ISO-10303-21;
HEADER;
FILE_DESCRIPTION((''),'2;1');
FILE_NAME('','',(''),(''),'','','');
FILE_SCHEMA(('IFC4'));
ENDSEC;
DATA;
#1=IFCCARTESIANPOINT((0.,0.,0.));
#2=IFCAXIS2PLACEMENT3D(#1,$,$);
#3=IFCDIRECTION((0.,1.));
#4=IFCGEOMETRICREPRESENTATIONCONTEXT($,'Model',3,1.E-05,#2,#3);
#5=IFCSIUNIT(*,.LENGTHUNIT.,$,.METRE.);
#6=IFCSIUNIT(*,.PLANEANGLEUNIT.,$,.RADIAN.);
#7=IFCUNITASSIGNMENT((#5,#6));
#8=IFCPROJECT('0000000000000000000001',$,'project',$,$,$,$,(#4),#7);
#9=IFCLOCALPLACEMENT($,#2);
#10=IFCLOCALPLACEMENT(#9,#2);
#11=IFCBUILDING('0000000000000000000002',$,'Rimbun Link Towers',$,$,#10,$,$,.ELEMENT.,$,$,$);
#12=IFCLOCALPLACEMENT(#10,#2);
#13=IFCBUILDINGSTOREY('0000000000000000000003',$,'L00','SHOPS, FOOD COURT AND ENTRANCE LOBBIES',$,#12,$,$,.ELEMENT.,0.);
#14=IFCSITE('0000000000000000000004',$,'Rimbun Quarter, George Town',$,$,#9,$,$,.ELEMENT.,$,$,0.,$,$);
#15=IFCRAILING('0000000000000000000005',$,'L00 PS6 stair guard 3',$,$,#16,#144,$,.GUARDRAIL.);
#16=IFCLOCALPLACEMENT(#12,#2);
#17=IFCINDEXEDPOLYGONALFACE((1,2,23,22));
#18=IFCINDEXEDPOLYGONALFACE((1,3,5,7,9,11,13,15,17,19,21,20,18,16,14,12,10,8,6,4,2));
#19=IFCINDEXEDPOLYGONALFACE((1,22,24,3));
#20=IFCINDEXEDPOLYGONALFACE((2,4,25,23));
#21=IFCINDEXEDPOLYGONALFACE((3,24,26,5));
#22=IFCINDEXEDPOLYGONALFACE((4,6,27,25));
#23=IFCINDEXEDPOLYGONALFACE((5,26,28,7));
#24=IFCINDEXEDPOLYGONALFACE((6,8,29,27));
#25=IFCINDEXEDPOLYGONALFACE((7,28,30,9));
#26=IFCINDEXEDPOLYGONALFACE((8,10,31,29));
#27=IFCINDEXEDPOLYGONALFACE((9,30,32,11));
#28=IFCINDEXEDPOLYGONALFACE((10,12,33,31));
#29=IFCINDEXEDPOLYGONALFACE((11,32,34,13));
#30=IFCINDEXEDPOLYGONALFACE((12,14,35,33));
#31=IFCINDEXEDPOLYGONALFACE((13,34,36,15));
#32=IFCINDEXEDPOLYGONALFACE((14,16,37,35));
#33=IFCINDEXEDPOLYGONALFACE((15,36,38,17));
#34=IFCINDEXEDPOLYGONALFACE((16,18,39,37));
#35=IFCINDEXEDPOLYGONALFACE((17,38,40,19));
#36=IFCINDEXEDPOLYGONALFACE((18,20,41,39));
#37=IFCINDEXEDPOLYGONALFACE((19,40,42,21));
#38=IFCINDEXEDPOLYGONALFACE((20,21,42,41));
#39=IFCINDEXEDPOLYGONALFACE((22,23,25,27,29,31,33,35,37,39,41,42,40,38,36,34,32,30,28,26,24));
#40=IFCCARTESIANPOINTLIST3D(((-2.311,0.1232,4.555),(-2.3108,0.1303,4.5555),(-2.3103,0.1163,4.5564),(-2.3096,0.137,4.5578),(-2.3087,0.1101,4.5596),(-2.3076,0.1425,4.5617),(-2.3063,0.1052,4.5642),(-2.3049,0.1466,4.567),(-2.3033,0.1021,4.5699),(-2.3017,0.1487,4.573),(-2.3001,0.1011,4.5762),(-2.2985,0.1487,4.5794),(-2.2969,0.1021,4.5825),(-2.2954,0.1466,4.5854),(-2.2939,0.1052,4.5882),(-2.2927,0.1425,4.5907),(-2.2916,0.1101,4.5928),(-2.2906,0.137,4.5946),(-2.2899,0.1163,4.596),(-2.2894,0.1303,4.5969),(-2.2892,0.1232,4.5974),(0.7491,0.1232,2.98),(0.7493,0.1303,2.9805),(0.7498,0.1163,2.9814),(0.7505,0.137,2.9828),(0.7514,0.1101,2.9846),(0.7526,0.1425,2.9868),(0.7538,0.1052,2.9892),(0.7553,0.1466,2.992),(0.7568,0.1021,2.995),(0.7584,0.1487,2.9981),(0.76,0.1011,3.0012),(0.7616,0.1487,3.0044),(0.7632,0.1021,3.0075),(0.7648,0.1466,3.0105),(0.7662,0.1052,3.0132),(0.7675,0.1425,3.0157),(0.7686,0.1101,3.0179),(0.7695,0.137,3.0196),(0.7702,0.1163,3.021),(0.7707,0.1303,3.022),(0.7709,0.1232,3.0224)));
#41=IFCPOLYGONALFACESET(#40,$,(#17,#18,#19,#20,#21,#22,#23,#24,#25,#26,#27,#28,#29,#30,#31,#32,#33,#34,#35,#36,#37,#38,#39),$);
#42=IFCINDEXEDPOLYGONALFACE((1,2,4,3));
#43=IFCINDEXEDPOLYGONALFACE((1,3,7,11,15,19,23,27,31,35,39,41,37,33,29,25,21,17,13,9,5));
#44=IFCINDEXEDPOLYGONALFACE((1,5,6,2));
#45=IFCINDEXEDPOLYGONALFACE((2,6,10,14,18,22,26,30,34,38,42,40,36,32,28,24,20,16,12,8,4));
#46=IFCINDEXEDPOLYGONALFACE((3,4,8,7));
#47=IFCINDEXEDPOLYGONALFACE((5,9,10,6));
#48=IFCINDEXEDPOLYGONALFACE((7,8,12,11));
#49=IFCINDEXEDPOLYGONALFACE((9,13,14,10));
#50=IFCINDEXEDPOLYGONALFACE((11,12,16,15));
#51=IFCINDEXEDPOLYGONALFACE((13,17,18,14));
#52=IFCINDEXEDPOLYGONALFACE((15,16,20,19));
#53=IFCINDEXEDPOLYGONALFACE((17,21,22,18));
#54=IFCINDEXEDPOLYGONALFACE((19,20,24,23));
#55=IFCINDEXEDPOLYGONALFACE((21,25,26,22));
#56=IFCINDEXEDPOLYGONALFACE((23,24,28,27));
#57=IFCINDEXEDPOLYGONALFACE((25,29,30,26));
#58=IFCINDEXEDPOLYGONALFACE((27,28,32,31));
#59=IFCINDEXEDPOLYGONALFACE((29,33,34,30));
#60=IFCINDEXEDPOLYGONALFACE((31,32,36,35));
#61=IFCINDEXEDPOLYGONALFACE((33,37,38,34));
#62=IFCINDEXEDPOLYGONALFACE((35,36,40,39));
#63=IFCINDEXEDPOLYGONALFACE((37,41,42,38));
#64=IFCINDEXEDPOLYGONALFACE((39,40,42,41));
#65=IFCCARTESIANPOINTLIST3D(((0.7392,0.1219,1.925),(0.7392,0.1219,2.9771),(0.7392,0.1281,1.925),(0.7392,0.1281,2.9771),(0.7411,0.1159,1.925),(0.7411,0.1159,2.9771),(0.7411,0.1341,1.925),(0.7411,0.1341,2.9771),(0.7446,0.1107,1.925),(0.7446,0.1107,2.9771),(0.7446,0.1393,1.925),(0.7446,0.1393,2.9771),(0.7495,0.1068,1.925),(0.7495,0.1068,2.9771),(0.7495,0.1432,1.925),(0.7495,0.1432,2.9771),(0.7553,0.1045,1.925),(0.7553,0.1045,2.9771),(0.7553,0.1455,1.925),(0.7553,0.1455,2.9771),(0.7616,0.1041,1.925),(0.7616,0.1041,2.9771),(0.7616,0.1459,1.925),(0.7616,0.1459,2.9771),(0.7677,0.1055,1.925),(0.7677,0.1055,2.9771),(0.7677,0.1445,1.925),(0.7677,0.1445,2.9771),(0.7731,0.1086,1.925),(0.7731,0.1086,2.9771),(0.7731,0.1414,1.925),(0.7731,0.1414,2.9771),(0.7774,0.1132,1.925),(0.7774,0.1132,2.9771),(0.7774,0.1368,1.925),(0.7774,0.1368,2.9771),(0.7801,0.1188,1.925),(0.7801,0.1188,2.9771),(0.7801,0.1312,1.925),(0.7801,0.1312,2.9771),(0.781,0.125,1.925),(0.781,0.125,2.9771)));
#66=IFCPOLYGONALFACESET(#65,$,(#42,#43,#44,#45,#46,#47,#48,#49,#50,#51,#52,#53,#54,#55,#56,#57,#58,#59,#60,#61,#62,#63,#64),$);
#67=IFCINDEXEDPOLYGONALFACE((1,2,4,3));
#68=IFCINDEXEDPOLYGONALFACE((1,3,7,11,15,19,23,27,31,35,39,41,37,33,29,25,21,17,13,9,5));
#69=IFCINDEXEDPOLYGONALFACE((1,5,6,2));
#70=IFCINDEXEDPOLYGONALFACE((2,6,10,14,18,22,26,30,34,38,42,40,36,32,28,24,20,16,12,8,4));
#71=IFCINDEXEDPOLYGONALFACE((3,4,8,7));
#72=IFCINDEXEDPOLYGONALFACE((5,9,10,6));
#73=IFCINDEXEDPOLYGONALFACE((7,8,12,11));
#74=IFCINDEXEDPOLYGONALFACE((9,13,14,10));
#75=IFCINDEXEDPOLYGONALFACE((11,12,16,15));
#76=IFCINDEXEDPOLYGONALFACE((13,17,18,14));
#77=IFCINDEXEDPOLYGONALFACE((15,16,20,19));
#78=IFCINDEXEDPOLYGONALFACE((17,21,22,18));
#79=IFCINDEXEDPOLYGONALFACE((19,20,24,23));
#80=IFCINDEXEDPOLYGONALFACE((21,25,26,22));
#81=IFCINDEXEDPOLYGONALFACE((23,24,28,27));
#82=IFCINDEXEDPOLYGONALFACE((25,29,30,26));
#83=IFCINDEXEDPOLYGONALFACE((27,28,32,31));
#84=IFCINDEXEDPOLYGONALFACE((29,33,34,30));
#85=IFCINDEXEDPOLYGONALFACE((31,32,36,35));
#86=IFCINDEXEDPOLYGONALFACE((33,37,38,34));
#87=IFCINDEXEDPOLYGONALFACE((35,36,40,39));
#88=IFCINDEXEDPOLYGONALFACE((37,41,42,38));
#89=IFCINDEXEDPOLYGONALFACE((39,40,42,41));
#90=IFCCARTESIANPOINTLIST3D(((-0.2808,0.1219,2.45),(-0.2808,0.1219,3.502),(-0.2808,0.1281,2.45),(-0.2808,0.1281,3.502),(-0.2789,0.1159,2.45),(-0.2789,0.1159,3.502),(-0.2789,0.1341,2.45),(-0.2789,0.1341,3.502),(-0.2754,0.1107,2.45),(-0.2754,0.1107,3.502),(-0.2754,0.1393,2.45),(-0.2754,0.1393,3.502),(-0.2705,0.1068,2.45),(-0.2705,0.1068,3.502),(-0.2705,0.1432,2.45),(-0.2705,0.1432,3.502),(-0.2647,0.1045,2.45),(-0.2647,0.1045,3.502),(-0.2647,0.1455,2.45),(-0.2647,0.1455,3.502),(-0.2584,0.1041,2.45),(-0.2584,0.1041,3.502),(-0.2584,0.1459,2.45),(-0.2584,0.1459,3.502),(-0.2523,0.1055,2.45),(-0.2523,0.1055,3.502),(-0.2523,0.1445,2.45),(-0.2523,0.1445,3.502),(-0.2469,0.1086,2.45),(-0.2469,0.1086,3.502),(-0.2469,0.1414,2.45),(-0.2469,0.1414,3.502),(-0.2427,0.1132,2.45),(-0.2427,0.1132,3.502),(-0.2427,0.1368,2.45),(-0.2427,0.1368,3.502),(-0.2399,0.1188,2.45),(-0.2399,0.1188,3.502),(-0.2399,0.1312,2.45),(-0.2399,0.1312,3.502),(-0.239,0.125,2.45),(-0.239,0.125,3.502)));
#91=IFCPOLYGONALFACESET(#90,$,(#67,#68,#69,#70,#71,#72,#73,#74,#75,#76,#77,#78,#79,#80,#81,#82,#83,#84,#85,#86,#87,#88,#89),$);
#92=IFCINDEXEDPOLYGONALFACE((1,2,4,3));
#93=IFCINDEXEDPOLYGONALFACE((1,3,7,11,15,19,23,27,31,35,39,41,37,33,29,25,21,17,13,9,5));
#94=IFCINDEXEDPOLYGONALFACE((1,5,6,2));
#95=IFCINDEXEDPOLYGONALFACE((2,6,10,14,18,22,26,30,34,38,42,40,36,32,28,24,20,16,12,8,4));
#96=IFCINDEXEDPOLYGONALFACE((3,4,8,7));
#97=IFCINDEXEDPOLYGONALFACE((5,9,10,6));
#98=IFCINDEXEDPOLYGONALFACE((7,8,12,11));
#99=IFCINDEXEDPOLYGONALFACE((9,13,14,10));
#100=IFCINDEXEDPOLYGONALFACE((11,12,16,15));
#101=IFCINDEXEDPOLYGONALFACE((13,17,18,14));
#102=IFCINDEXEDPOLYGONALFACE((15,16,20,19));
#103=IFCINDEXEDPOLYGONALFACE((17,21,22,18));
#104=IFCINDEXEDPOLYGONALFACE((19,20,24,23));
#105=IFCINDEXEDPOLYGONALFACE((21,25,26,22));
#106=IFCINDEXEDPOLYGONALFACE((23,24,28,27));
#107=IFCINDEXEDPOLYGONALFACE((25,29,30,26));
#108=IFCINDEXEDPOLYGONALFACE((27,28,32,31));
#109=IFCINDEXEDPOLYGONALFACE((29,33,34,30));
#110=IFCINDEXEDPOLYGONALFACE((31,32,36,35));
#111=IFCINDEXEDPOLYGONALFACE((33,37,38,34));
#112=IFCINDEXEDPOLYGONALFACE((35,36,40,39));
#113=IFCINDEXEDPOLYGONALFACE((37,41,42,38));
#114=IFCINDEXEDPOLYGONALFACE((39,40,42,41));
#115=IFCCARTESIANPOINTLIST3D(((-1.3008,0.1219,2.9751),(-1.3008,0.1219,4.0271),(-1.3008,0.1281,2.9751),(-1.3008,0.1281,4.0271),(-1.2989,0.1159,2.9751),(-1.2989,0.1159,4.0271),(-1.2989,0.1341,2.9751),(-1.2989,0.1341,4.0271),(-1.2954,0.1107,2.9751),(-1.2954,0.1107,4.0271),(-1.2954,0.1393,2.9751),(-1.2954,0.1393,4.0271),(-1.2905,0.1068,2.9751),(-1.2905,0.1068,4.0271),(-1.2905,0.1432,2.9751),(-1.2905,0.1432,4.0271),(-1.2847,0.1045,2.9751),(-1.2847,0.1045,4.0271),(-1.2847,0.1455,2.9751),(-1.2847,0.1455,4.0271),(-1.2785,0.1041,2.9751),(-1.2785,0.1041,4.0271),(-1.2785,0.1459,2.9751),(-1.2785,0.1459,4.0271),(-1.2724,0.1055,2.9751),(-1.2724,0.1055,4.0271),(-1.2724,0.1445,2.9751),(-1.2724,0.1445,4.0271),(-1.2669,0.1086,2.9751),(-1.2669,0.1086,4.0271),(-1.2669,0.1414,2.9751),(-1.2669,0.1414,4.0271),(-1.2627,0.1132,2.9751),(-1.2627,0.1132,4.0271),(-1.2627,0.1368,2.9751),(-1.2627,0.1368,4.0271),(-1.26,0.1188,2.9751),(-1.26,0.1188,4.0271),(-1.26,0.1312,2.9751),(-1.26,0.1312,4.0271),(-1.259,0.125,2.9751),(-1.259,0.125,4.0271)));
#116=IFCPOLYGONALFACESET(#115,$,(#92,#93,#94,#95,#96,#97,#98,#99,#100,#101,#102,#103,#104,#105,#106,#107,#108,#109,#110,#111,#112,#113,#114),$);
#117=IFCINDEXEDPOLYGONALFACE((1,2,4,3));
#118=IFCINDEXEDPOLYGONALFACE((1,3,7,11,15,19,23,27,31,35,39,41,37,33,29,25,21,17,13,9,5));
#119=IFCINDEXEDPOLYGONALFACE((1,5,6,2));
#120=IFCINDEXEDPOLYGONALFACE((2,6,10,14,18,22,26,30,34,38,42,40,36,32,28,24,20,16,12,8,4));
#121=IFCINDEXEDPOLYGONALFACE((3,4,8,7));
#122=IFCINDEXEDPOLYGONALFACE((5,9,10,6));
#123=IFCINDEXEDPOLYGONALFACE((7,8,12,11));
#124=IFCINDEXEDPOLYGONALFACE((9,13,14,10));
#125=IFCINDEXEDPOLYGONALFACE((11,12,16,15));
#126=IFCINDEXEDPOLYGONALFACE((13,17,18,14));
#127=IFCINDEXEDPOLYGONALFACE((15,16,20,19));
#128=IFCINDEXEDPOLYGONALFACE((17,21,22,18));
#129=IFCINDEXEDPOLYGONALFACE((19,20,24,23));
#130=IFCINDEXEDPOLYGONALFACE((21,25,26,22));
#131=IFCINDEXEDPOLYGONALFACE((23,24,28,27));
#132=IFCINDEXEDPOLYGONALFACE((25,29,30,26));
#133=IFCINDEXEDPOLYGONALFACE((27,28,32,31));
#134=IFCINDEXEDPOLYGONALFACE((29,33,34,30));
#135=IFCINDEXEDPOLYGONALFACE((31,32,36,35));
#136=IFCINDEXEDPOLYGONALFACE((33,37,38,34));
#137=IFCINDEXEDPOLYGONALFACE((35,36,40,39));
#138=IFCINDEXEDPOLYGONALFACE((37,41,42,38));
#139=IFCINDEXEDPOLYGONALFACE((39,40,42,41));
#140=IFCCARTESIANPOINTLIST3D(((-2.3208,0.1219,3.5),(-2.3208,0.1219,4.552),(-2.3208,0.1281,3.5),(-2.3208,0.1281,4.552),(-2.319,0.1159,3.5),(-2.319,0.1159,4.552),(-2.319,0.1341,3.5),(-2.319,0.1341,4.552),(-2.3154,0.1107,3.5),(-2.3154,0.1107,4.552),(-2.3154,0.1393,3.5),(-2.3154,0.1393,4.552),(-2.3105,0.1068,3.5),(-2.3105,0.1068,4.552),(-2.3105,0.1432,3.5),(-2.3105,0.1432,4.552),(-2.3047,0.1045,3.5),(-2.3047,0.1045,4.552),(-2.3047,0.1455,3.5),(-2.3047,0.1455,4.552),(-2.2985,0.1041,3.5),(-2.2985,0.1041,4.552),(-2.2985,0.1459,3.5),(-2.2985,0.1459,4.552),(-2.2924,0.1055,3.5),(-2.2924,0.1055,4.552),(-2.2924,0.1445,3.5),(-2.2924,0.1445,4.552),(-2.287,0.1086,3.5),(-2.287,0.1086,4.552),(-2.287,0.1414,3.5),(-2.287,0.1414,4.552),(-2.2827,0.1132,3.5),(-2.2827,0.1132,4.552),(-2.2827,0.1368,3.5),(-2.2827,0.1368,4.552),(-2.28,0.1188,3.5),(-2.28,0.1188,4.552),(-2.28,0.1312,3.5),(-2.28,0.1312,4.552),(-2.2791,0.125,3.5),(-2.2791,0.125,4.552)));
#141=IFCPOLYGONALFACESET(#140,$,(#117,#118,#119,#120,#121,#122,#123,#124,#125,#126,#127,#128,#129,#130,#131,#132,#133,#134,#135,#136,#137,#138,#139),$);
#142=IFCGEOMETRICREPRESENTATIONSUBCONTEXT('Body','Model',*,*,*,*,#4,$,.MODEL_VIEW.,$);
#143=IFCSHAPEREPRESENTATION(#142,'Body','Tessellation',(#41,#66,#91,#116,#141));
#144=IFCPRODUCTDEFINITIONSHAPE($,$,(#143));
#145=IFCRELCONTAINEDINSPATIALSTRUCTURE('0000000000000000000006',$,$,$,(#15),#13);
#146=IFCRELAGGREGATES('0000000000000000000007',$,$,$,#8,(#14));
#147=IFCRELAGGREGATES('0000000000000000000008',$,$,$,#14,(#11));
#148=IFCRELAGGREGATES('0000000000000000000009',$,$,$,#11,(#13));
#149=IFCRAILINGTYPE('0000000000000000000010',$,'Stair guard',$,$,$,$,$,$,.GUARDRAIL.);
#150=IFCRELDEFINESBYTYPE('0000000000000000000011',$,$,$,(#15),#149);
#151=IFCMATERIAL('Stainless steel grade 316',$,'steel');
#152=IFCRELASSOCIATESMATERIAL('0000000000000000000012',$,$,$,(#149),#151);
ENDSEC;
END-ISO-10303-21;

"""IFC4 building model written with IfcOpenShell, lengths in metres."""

from ifc_helpers import new_model, si_unit, direction, frame, origin, origin_2d, place, context, subcontext, project, spatial, circle, extrude, material, type_object, element, save


model = new_model("IFC4")

# Units and contexts
model_context = context("Model", 3, precision=1e-05, world=origin(), true_north=direction((0.0, 1.0)))
body_context = subcontext(model_context, "Body", "Model", "MODEL_VIEW")
ifc_project = project(units=[si_unit("LENGTHUNIT", "METRE"), si_unit("PLANEANGLEUNIT", "RADIAN")], contexts=[model_context])

# Site, building, storey
site_placement = place(None, origin())
site = spatial("IfcSite", under=ifc_project, at=site_placement, Name="Rimbun Quarter, George Town", CompositionType="ELEMENT", RefElevation=0.0)
building_placement = place(site_placement, origin())
building = spatial("IfcBuilding", under=site, at=building_placement, Name="Rimbun Link Towers", CompositionType="ELEMENT")
storey_placement = place(building_placement, origin())
storey = spatial("IfcBuildingStorey", under=building, at=storey_placement, Name="L00", Description="SHOPS, FOOD COURT AND ENTRANCE LOBBIES", CompositionType="ELEMENT", Elevation=0.0)

# Railing
ifc_material_1 = material(Name="Stainless steel grade 316", Category="steel")
railing_type_1 = type_object("IfcRailingType", Name="Stair guard", PredefinedType="GUARDRAIL", material=ifc_material_1)
railing_1_placement = place(storey_placement, frame((0.76, 0.125, 1.925)))
element("IfcRailing", 1, at=railing_1_placement, inside=storey, type_object=railing_type_1, Name="L00 PS6 stair guard 3", PredefinedType="GUARDRAIL", context=body_context, shape_type="SweptSolid", body=[
    extrude(circle(Radius=0.0239, at=origin_2d()), frame((0.0, 0.0, 1.0762), z_axis=(-0.889145, 0.0, 0.457625), x_axis=(0.0, -1.0, 0.0)), (0.0, 0.0, 1.0), 3.4417),
    extrude(circle(Radius=0.021, at=origin_2d()), origin(), (0.0, 0.0, 1.0), 1.052),
    extrude(circle(Radius=0.021, at=origin_2d()), frame((-1.02, 0.0, 0.5249)), (0.0, 0.0, 1.0), 1.052),
    extrude(circle(Radius=0.021, at=origin_2d()), frame((-2.04, 0.0, 1.05)), (0.0, 0.0, 1.0), 1.052),
    extrude(circle(Radius=0.021, at=origin_2d()), frame((-3.0601, 0.0, 1.575)), (0.0, 0.0, 1.0), 1.052),
])

save(model, "model.ifc")
